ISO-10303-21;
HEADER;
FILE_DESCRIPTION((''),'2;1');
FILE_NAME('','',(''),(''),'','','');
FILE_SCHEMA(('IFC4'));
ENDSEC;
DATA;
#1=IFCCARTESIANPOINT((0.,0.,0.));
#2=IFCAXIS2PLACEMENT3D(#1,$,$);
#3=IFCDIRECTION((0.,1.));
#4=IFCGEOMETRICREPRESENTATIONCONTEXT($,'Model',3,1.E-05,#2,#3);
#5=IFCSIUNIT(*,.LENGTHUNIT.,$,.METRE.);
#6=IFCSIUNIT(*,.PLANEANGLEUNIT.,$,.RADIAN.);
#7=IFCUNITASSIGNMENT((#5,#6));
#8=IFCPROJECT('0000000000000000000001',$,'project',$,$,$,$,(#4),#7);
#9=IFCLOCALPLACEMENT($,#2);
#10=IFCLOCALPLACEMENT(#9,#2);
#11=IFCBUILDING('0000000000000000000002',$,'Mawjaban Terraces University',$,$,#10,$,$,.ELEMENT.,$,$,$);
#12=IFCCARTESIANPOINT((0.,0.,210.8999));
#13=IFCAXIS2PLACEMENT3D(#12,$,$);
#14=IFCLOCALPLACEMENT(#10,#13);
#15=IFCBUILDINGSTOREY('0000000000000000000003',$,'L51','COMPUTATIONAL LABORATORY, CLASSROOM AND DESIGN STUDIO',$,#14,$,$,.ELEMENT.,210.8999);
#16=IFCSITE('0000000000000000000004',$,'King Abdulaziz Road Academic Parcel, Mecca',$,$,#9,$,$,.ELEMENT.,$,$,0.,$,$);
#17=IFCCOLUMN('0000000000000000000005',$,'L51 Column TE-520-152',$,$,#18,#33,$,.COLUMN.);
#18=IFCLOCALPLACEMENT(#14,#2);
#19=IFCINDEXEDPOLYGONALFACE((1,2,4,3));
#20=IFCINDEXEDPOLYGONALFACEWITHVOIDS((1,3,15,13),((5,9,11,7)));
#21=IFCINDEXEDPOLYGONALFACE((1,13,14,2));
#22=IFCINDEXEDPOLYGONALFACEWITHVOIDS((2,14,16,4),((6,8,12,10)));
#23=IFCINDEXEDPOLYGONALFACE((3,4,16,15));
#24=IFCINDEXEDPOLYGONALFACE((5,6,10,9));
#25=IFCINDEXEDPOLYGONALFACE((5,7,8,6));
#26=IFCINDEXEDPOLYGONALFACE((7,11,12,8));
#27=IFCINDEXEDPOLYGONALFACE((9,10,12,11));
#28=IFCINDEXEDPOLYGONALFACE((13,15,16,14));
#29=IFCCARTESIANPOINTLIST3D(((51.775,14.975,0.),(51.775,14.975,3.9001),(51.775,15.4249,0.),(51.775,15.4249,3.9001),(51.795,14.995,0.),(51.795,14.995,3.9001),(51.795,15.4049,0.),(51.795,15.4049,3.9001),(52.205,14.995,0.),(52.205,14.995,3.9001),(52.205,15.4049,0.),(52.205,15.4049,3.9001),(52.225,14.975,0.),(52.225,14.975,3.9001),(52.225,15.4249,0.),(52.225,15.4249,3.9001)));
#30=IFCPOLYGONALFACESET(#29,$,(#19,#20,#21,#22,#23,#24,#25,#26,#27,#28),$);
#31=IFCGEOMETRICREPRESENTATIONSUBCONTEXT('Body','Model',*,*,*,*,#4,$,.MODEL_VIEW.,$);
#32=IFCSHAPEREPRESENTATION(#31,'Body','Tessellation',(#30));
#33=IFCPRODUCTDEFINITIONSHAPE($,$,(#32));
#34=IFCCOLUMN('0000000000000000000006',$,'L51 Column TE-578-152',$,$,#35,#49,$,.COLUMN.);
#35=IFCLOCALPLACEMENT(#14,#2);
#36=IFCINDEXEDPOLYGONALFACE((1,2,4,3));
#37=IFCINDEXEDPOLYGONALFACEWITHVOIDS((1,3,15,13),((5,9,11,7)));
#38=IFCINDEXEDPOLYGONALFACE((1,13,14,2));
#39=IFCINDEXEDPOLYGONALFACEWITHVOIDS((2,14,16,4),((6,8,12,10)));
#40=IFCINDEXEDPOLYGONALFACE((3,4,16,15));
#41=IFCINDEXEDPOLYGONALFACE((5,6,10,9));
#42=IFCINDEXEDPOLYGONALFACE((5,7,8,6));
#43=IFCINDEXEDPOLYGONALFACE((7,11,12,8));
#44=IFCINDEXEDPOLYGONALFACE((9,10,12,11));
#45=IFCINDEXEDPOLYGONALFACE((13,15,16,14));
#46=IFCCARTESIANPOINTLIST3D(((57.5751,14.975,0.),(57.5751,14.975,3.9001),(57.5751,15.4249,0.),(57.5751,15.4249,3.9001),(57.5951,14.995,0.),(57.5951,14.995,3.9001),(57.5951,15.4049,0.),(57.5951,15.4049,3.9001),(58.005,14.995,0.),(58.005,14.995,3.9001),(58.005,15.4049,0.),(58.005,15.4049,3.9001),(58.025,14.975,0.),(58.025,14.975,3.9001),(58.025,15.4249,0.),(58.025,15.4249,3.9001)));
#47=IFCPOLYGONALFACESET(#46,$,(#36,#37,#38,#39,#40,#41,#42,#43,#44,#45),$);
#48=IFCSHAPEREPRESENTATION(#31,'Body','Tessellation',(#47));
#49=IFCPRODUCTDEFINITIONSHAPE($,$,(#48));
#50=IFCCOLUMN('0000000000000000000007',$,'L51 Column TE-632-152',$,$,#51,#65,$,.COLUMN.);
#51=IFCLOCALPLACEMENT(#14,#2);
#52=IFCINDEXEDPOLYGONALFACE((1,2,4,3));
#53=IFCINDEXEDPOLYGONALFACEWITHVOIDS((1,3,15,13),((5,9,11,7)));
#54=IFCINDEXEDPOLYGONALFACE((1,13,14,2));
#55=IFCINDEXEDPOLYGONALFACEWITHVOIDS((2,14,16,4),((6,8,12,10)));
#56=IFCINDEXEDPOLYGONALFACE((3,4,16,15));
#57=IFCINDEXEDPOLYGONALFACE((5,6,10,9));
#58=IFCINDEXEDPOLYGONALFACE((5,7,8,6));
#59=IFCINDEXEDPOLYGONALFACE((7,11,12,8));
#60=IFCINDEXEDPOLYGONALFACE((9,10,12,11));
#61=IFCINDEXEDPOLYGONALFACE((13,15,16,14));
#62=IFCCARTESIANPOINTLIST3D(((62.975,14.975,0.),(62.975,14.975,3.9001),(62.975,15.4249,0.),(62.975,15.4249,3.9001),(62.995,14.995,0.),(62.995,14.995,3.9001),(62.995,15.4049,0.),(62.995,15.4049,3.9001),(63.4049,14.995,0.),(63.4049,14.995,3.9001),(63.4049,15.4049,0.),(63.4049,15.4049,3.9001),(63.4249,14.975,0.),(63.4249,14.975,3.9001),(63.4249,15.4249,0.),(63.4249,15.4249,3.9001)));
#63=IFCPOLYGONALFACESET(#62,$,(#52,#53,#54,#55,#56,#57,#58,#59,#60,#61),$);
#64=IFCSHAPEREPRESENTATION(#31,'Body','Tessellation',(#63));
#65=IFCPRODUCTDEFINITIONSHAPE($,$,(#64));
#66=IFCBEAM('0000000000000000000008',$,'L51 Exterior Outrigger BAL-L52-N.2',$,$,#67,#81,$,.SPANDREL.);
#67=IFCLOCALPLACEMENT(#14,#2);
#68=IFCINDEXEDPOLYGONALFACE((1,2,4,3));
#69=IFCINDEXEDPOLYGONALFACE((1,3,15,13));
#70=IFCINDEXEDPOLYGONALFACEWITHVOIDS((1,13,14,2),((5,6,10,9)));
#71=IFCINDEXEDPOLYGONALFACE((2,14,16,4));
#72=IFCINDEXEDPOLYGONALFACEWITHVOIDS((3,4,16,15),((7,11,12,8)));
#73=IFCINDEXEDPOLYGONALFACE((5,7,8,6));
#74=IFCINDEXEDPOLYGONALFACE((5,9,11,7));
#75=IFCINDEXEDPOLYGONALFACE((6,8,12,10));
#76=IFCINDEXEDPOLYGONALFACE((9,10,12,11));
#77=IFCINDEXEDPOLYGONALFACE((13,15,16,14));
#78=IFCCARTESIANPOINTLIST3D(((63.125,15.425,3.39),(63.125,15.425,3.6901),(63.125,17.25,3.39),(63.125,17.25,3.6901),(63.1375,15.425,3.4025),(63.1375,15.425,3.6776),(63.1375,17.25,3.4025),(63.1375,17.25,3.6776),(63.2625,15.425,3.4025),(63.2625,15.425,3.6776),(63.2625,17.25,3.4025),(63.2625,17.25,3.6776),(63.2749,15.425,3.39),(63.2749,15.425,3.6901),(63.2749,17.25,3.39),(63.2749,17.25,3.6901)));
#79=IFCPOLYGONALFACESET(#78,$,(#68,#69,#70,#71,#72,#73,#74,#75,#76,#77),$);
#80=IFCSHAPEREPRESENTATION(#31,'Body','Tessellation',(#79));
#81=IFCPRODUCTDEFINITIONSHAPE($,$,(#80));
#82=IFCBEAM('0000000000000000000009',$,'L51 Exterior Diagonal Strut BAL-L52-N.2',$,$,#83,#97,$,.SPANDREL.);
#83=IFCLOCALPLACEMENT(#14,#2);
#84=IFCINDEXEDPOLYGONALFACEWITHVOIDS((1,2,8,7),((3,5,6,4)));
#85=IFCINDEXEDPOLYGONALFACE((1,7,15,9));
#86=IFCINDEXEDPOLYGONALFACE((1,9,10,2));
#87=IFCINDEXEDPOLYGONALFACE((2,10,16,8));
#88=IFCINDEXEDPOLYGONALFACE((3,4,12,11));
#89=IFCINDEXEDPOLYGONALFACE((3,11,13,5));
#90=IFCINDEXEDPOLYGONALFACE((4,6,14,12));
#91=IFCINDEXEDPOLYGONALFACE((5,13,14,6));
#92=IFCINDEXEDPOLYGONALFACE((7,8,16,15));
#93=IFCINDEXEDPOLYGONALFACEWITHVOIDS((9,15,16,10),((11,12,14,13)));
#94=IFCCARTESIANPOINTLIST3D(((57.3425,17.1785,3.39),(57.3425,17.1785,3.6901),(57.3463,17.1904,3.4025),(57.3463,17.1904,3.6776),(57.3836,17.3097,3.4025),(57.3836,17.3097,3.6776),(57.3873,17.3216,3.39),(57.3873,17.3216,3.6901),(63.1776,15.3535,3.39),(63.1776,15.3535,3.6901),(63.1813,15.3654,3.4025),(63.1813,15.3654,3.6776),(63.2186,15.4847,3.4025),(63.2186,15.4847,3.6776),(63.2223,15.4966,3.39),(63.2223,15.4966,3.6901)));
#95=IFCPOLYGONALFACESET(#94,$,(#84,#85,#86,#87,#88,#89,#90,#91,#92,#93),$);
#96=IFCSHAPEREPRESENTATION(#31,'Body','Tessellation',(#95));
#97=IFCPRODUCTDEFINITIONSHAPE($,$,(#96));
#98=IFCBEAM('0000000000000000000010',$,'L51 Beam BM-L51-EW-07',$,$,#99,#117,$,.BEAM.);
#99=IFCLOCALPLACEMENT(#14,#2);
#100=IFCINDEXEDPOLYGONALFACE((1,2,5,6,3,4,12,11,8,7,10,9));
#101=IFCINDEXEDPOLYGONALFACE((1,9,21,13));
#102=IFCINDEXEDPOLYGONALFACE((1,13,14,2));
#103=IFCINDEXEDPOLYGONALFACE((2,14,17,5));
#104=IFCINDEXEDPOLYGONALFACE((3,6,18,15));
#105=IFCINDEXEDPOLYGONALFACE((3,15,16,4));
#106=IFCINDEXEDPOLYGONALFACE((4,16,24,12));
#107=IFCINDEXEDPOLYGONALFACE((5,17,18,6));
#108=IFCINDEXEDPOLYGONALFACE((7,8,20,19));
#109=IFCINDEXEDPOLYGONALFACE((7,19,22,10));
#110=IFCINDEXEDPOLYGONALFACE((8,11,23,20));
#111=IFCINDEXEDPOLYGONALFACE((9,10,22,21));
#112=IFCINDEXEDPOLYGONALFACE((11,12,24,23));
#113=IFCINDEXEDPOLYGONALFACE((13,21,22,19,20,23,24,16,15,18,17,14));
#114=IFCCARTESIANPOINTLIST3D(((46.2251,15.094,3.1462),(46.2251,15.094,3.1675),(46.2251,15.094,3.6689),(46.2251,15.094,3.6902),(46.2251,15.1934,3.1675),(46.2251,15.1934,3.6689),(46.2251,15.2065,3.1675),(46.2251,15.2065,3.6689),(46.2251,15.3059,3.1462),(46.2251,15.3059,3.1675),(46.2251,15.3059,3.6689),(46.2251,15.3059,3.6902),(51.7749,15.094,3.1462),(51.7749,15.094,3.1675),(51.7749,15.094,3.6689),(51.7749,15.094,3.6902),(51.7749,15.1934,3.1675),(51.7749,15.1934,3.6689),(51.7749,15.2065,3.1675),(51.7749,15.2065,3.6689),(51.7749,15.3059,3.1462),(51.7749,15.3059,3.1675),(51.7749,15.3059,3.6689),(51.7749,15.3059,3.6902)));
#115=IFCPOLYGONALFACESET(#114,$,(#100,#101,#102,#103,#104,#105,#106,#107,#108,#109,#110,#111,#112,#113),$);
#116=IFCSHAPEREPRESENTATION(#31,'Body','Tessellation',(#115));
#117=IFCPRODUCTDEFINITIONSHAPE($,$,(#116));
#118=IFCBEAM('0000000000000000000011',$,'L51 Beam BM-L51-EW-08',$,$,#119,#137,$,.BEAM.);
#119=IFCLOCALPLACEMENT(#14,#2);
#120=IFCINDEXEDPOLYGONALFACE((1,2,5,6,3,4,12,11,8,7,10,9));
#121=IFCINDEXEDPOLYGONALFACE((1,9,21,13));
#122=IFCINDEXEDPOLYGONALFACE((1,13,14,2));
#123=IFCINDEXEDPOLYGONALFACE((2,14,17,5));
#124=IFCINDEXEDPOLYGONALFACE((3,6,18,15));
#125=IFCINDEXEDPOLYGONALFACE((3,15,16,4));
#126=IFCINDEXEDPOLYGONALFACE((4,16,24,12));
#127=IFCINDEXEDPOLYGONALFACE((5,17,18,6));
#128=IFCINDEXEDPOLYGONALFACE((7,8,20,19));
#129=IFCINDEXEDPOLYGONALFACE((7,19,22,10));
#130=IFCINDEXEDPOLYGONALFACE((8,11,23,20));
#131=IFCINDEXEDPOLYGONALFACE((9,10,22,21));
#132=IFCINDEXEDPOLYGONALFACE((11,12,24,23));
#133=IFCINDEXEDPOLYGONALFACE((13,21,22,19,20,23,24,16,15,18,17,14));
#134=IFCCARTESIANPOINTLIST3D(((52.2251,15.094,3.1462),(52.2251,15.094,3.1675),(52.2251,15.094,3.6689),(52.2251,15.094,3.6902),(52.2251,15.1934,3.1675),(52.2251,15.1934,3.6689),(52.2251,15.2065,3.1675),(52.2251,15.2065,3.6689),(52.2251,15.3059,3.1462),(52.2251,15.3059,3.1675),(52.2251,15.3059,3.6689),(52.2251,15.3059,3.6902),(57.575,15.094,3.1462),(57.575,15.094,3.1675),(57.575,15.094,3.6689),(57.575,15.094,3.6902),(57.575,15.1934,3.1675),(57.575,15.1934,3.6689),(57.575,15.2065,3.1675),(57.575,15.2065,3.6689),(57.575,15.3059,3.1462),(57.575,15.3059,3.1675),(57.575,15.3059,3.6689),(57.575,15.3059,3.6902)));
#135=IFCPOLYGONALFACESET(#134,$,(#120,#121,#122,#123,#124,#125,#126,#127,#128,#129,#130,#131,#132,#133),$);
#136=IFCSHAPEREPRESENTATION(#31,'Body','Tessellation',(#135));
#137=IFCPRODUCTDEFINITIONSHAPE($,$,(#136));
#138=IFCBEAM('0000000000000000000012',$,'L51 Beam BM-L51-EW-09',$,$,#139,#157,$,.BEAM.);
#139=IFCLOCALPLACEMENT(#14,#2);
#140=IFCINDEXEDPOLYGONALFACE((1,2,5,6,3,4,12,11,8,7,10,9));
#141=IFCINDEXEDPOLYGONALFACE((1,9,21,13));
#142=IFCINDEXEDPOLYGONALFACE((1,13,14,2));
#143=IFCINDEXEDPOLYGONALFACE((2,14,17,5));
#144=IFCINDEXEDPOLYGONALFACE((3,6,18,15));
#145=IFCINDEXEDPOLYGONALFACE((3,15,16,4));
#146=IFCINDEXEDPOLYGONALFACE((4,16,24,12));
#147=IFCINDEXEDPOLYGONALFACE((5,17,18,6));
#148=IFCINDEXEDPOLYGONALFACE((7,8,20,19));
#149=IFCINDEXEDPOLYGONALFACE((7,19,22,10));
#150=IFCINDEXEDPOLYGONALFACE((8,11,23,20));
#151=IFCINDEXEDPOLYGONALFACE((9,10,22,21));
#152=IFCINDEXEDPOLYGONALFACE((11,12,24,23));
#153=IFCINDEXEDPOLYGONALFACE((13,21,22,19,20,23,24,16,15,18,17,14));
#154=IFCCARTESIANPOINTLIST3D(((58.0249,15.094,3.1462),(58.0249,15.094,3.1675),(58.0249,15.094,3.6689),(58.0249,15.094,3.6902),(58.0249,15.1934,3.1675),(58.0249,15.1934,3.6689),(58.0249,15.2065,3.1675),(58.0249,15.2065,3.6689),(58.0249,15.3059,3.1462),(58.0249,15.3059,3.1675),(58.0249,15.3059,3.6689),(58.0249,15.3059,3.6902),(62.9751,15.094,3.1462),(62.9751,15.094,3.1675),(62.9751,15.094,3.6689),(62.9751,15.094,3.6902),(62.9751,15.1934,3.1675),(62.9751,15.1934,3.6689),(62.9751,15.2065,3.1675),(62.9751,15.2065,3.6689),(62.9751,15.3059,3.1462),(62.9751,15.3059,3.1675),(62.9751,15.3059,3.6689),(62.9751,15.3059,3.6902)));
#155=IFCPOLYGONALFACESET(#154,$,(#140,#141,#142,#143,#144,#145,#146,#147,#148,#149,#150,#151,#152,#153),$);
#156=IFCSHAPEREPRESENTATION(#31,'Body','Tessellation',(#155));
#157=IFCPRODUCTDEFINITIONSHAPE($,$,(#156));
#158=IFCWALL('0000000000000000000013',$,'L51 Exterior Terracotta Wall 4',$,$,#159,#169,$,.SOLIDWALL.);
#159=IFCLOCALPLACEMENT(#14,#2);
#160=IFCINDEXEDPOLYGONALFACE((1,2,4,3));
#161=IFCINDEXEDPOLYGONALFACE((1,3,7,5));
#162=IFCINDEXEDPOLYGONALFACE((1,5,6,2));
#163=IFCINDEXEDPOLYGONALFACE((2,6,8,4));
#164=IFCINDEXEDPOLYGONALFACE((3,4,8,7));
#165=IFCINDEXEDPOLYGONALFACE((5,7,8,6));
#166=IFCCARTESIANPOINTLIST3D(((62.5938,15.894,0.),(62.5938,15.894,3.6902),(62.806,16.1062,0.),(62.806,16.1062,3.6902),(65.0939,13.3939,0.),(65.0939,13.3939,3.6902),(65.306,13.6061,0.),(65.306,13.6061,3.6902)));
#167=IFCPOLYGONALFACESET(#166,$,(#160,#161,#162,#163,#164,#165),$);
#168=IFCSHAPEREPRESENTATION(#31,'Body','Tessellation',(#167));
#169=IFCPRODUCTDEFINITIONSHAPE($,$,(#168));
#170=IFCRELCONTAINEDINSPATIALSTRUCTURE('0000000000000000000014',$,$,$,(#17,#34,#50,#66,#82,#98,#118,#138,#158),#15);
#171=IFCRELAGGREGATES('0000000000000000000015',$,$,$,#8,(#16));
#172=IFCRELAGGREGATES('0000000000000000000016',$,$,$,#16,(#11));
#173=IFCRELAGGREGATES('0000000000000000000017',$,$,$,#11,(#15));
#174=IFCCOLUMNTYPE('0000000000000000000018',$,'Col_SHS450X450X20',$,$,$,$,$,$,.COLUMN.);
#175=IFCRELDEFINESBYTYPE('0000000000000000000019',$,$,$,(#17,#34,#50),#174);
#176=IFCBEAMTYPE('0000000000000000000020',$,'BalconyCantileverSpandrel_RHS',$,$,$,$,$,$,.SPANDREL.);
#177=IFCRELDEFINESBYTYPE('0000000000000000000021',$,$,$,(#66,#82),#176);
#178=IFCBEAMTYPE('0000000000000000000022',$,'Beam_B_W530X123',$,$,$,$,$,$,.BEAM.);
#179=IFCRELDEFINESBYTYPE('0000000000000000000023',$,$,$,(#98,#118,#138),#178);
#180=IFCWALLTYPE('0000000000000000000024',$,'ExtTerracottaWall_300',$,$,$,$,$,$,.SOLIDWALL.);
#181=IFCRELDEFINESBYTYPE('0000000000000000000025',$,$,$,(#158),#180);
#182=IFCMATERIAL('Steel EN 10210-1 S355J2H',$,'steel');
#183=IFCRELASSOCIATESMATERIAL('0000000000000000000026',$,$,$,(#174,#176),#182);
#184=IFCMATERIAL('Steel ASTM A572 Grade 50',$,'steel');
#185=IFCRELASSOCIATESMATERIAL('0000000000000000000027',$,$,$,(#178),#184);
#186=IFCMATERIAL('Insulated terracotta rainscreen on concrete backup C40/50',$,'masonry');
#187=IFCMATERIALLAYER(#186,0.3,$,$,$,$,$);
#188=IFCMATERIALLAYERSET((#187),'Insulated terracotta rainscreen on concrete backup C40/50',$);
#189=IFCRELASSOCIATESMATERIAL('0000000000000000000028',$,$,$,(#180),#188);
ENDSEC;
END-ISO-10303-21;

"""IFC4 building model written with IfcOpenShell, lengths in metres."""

from ifc_helpers import new_model, si_unit, direction, frame, frame_2d, origin, origin_2d, place, context, subcontext, project, spatial, rectangle, hollow_rectangle, i_section, extrude, material, layer, layer_set, material_profile, profile_set, type_object, element, save


model = new_model("IFC4")

# Units and contexts
model_context = context("Model", 3, precision=1e-05, world=origin(), true_north=direction((0.0, 1.0)))
body_context = subcontext(model_context, "Body", "Model", "MODEL_VIEW")
ifc_project = project(units=[si_unit("LENGTHUNIT", "METRE"), si_unit("PLANEANGLEUNIT", "RADIAN")], contexts=[model_context])

# Site, building, storey
site_placement = place(None, origin())
site = spatial("IfcSite", under=ifc_project, at=site_placement, Name="King Abdulaziz Road Academic Parcel, Mecca", CompositionType="ELEMENT", RefElevation=0.0)
building_placement = place(site_placement, origin())
building = spatial("IfcBuilding", under=site, at=building_placement, Name="Mawjaban Terraces University", CompositionType="ELEMENT")
storey_placement = place(building_placement, frame((0.0, 0.0, 210.8999)))
storey = spatial("IfcBuildingStorey", under=building, at=storey_placement, Name="L51", Description="COMPUTATIONAL LABORATORY, CLASSROOM AND DESIGN STUDIO", CompositionType="ELEMENT", Elevation=210.8999)

# Columns
ifc_material_1 = material(Name="Steel EN 10210-1 S355J2H", Category="steel")
ifc_material_profile_1 = material_profile(ifc_material_1, hollow_rectangle(XDim=0.45, YDim=0.45, WallThickness=0.02, at=origin_2d()), Name="SHS450X450X20")
ifc_profile_set_1 = profile_set([ifc_material_profile_1], Name="Steel EN 10210-1 S355J2H")
column_type = type_object("IfcColumnType", Name="Col_SHS450X450X20", PredefinedType="COLUMN", material=ifc_profile_set_1)
for number, where, z_axis, x_axis, name in (
    (1, (52.0, 15.2, 0.0), (0.0, 0.0, 1.0), (1.0, 0.0, 0.0), "L51 Column TE-520-152"),
    (2, (57.8, 15.2, 0.0), (0.0, 0.0, 1.0), (1.0, 0.0, 0.0), "L51 Column TE-578-152"),
    (3, (63.2, 15.2, 0.0), (0.0, 0.0, 1.0), (1.0, 0.0, 0.0), "L51 Column TE-632-152"),
):
    element("IfcColumn", number, at=place(storey_placement, frame(where, z_axis=z_axis, x_axis=x_axis)), inside=storey, type_object=column_type, Name=name, PredefinedType="COLUMN", context=body_context, shape_type="SweptSolid", body=[
        extrude(hollow_rectangle(XDim=0.45, YDim=0.45, WallThickness=0.02, at=origin_2d()), origin(), (0.0, 0.0, 1.0), 3.9001),
    ])

# Beams
ifc_material_profile_2 = material_profile(ifc_material_1, hollow_rectangle(XDim=0.1499, YDim=0.3, WallThickness=0.0125, at=origin_2d()), Name="RHS300X150X12.5")
ifc_profile_set_2 = profile_set([ifc_material_profile_2], Name="Steel EN 10210-1 S355J2H")
beam_type_1 = type_object("IfcBeamType", Name="BalconyCantileverSpandrel_RHS", PredefinedType="SPANDREL", material=ifc_profile_set_2)
beam_1_placement = place(storey_placement, frame((63.2, 15.425, 3.54), z_axis=(0.0, 1.0, 0.0), x_axis=(-1.0, 0.0, 0.0)))
element("IfcBeam", 4, at=beam_1_placement, inside=storey, type_object=beam_type_1, Name="L51 Exterior Outrigger BAL-L52-N.2", PredefinedType="SPANDREL", context=body_context, shape_type="SweptSolid", body=[
    extrude(hollow_rectangle(XDim=0.1499, YDim=0.3, WallThickness=0.0125, at=origin_2d()), origin(), (0.0, 0.0, 1.0), 1.825),
])
beam_2_placement = place(storey_placement, frame((63.2, 15.425, 3.54), z_axis=(-0.954409, 0.298502, 0.0), x_axis=(-0.298502, -0.954409, 0.0)))
element("IfcBeam", 5, at=beam_2_placement, inside=storey, type_object=beam_type_1, Name="L51 Exterior Diagonal Strut BAL-L52-N.2", PredefinedType="SPANDREL", context=body_context, shape_type="SweptSolid", body=[
    extrude(hollow_rectangle(XDim=0.1499, YDim=0.3, WallThickness=0.0125, at=origin_2d()), origin(), (0.0, 0.0, 1.0), 6.1138),
])
ifc_material_2 = material(Name="Steel ASTM A572 Grade 50", Category="steel")
ifc_material_profile_3 = material_profile(ifc_material_2, i_section(OverallWidth=0.2119, OverallDepth=0.5439, WebThickness=0.0132, FlangeThickness=0.0212, at=origin_2d()), Name="W530X123")
ifc_profile_set_3 = profile_set([ifc_material_profile_3], Name="Steel ASTM A572 Grade 50")
beam_type_2 = type_object("IfcBeamType", Name="Beam_B_W530X123", PredefinedType="BEAM", material=ifc_profile_set_3)
beam_3_placement = place(storey_placement, frame((46.2251, 15.2, 3.4182), z_axis=(1.0, 0.0, 0.0), x_axis=(0.0, 1.0, 0.0)))
element("IfcBeam", 6, at=beam_3_placement, inside=storey, type_object=beam_type_2, Name="L51 Beam BM-L51-EW-07", PredefinedType="BEAM", context=body_context, shape_type="SweptSolid", body=[
    extrude(i_section(OverallWidth=0.2119, OverallDepth=0.5439, WebThickness=0.0132, FlangeThickness=0.0212, at=origin_2d()), origin(), (0.0, 0.0, 1.0), 5.5498),
])
beam_4_placement = place(storey_placement, frame((52.2251, 15.2, 3.4182), z_axis=(1.0, 0.0, 0.0), x_axis=(0.0, 1.0, 0.0)))
element("IfcBeam", 7, at=beam_4_placement, inside=storey, type_object=beam_type_2, Name="L51 Beam BM-L51-EW-08", PredefinedType="BEAM", context=body_context, shape_type="SweptSolid", body=[
    extrude(i_section(OverallWidth=0.2119, OverallDepth=0.5439, WebThickness=0.0132, FlangeThickness=0.0212, at=origin_2d()), origin(), (0.0, 0.0, 1.0), 5.3499),
])
beam_5_placement = place(storey_placement, frame((58.0249, 15.2, 3.4182), z_axis=(1.0, 0.0, 0.0), x_axis=(0.0, 1.0, 0.0)))
element("IfcBeam", 8, at=beam_5_placement, inside=storey, type_object=beam_type_2, Name="L51 Beam BM-L51-EW-09", PredefinedType="BEAM", context=body_context, shape_type="SweptSolid", body=[
    extrude(i_section(OverallWidth=0.2119, OverallDepth=0.5439, WebThickness=0.0132, FlangeThickness=0.0212, at=origin_2d()), origin(), (0.0, 0.0, 1.0), 4.9502),
])

# Wall
ifc_material_3 = material(Name="Insulated terracotta rainscreen on concrete backup C40/50", Category="masonry")
ifc_layer_1 = layer(ifc_material_3, 0.3)
ifc_layer_set_1 = layer_set([ifc_layer_1], Name="Insulated terracotta rainscreen on concrete backup C40/50")
wall_type = type_object("IfcWallType", Name="ExtTerracottaWall_300", PredefinedType="SOLIDWALL", material=ifc_layer_set_1)
wall_1_placement = place(storey_placement, frame((65.2, 13.5, 0.0), z_axis=(0.0, 0.0, 1.0), x_axis=(-0.707107, 0.707107, 0.0)))
element("IfcWall", 9, at=wall_1_placement, inside=storey, type_object=wall_type, Name="L51 Exterior Terracotta Wall 4", PredefinedType="SOLIDWALL", context=body_context, shape_type="SweptSolid", body=[
    extrude(rectangle(XDim=3.5356, YDim=0.3, at=frame_2d((1.7678, 0.0))), origin(), (0.0, 0.0, 1.0), 3.6902),
])

save(model, "model.ifc")
